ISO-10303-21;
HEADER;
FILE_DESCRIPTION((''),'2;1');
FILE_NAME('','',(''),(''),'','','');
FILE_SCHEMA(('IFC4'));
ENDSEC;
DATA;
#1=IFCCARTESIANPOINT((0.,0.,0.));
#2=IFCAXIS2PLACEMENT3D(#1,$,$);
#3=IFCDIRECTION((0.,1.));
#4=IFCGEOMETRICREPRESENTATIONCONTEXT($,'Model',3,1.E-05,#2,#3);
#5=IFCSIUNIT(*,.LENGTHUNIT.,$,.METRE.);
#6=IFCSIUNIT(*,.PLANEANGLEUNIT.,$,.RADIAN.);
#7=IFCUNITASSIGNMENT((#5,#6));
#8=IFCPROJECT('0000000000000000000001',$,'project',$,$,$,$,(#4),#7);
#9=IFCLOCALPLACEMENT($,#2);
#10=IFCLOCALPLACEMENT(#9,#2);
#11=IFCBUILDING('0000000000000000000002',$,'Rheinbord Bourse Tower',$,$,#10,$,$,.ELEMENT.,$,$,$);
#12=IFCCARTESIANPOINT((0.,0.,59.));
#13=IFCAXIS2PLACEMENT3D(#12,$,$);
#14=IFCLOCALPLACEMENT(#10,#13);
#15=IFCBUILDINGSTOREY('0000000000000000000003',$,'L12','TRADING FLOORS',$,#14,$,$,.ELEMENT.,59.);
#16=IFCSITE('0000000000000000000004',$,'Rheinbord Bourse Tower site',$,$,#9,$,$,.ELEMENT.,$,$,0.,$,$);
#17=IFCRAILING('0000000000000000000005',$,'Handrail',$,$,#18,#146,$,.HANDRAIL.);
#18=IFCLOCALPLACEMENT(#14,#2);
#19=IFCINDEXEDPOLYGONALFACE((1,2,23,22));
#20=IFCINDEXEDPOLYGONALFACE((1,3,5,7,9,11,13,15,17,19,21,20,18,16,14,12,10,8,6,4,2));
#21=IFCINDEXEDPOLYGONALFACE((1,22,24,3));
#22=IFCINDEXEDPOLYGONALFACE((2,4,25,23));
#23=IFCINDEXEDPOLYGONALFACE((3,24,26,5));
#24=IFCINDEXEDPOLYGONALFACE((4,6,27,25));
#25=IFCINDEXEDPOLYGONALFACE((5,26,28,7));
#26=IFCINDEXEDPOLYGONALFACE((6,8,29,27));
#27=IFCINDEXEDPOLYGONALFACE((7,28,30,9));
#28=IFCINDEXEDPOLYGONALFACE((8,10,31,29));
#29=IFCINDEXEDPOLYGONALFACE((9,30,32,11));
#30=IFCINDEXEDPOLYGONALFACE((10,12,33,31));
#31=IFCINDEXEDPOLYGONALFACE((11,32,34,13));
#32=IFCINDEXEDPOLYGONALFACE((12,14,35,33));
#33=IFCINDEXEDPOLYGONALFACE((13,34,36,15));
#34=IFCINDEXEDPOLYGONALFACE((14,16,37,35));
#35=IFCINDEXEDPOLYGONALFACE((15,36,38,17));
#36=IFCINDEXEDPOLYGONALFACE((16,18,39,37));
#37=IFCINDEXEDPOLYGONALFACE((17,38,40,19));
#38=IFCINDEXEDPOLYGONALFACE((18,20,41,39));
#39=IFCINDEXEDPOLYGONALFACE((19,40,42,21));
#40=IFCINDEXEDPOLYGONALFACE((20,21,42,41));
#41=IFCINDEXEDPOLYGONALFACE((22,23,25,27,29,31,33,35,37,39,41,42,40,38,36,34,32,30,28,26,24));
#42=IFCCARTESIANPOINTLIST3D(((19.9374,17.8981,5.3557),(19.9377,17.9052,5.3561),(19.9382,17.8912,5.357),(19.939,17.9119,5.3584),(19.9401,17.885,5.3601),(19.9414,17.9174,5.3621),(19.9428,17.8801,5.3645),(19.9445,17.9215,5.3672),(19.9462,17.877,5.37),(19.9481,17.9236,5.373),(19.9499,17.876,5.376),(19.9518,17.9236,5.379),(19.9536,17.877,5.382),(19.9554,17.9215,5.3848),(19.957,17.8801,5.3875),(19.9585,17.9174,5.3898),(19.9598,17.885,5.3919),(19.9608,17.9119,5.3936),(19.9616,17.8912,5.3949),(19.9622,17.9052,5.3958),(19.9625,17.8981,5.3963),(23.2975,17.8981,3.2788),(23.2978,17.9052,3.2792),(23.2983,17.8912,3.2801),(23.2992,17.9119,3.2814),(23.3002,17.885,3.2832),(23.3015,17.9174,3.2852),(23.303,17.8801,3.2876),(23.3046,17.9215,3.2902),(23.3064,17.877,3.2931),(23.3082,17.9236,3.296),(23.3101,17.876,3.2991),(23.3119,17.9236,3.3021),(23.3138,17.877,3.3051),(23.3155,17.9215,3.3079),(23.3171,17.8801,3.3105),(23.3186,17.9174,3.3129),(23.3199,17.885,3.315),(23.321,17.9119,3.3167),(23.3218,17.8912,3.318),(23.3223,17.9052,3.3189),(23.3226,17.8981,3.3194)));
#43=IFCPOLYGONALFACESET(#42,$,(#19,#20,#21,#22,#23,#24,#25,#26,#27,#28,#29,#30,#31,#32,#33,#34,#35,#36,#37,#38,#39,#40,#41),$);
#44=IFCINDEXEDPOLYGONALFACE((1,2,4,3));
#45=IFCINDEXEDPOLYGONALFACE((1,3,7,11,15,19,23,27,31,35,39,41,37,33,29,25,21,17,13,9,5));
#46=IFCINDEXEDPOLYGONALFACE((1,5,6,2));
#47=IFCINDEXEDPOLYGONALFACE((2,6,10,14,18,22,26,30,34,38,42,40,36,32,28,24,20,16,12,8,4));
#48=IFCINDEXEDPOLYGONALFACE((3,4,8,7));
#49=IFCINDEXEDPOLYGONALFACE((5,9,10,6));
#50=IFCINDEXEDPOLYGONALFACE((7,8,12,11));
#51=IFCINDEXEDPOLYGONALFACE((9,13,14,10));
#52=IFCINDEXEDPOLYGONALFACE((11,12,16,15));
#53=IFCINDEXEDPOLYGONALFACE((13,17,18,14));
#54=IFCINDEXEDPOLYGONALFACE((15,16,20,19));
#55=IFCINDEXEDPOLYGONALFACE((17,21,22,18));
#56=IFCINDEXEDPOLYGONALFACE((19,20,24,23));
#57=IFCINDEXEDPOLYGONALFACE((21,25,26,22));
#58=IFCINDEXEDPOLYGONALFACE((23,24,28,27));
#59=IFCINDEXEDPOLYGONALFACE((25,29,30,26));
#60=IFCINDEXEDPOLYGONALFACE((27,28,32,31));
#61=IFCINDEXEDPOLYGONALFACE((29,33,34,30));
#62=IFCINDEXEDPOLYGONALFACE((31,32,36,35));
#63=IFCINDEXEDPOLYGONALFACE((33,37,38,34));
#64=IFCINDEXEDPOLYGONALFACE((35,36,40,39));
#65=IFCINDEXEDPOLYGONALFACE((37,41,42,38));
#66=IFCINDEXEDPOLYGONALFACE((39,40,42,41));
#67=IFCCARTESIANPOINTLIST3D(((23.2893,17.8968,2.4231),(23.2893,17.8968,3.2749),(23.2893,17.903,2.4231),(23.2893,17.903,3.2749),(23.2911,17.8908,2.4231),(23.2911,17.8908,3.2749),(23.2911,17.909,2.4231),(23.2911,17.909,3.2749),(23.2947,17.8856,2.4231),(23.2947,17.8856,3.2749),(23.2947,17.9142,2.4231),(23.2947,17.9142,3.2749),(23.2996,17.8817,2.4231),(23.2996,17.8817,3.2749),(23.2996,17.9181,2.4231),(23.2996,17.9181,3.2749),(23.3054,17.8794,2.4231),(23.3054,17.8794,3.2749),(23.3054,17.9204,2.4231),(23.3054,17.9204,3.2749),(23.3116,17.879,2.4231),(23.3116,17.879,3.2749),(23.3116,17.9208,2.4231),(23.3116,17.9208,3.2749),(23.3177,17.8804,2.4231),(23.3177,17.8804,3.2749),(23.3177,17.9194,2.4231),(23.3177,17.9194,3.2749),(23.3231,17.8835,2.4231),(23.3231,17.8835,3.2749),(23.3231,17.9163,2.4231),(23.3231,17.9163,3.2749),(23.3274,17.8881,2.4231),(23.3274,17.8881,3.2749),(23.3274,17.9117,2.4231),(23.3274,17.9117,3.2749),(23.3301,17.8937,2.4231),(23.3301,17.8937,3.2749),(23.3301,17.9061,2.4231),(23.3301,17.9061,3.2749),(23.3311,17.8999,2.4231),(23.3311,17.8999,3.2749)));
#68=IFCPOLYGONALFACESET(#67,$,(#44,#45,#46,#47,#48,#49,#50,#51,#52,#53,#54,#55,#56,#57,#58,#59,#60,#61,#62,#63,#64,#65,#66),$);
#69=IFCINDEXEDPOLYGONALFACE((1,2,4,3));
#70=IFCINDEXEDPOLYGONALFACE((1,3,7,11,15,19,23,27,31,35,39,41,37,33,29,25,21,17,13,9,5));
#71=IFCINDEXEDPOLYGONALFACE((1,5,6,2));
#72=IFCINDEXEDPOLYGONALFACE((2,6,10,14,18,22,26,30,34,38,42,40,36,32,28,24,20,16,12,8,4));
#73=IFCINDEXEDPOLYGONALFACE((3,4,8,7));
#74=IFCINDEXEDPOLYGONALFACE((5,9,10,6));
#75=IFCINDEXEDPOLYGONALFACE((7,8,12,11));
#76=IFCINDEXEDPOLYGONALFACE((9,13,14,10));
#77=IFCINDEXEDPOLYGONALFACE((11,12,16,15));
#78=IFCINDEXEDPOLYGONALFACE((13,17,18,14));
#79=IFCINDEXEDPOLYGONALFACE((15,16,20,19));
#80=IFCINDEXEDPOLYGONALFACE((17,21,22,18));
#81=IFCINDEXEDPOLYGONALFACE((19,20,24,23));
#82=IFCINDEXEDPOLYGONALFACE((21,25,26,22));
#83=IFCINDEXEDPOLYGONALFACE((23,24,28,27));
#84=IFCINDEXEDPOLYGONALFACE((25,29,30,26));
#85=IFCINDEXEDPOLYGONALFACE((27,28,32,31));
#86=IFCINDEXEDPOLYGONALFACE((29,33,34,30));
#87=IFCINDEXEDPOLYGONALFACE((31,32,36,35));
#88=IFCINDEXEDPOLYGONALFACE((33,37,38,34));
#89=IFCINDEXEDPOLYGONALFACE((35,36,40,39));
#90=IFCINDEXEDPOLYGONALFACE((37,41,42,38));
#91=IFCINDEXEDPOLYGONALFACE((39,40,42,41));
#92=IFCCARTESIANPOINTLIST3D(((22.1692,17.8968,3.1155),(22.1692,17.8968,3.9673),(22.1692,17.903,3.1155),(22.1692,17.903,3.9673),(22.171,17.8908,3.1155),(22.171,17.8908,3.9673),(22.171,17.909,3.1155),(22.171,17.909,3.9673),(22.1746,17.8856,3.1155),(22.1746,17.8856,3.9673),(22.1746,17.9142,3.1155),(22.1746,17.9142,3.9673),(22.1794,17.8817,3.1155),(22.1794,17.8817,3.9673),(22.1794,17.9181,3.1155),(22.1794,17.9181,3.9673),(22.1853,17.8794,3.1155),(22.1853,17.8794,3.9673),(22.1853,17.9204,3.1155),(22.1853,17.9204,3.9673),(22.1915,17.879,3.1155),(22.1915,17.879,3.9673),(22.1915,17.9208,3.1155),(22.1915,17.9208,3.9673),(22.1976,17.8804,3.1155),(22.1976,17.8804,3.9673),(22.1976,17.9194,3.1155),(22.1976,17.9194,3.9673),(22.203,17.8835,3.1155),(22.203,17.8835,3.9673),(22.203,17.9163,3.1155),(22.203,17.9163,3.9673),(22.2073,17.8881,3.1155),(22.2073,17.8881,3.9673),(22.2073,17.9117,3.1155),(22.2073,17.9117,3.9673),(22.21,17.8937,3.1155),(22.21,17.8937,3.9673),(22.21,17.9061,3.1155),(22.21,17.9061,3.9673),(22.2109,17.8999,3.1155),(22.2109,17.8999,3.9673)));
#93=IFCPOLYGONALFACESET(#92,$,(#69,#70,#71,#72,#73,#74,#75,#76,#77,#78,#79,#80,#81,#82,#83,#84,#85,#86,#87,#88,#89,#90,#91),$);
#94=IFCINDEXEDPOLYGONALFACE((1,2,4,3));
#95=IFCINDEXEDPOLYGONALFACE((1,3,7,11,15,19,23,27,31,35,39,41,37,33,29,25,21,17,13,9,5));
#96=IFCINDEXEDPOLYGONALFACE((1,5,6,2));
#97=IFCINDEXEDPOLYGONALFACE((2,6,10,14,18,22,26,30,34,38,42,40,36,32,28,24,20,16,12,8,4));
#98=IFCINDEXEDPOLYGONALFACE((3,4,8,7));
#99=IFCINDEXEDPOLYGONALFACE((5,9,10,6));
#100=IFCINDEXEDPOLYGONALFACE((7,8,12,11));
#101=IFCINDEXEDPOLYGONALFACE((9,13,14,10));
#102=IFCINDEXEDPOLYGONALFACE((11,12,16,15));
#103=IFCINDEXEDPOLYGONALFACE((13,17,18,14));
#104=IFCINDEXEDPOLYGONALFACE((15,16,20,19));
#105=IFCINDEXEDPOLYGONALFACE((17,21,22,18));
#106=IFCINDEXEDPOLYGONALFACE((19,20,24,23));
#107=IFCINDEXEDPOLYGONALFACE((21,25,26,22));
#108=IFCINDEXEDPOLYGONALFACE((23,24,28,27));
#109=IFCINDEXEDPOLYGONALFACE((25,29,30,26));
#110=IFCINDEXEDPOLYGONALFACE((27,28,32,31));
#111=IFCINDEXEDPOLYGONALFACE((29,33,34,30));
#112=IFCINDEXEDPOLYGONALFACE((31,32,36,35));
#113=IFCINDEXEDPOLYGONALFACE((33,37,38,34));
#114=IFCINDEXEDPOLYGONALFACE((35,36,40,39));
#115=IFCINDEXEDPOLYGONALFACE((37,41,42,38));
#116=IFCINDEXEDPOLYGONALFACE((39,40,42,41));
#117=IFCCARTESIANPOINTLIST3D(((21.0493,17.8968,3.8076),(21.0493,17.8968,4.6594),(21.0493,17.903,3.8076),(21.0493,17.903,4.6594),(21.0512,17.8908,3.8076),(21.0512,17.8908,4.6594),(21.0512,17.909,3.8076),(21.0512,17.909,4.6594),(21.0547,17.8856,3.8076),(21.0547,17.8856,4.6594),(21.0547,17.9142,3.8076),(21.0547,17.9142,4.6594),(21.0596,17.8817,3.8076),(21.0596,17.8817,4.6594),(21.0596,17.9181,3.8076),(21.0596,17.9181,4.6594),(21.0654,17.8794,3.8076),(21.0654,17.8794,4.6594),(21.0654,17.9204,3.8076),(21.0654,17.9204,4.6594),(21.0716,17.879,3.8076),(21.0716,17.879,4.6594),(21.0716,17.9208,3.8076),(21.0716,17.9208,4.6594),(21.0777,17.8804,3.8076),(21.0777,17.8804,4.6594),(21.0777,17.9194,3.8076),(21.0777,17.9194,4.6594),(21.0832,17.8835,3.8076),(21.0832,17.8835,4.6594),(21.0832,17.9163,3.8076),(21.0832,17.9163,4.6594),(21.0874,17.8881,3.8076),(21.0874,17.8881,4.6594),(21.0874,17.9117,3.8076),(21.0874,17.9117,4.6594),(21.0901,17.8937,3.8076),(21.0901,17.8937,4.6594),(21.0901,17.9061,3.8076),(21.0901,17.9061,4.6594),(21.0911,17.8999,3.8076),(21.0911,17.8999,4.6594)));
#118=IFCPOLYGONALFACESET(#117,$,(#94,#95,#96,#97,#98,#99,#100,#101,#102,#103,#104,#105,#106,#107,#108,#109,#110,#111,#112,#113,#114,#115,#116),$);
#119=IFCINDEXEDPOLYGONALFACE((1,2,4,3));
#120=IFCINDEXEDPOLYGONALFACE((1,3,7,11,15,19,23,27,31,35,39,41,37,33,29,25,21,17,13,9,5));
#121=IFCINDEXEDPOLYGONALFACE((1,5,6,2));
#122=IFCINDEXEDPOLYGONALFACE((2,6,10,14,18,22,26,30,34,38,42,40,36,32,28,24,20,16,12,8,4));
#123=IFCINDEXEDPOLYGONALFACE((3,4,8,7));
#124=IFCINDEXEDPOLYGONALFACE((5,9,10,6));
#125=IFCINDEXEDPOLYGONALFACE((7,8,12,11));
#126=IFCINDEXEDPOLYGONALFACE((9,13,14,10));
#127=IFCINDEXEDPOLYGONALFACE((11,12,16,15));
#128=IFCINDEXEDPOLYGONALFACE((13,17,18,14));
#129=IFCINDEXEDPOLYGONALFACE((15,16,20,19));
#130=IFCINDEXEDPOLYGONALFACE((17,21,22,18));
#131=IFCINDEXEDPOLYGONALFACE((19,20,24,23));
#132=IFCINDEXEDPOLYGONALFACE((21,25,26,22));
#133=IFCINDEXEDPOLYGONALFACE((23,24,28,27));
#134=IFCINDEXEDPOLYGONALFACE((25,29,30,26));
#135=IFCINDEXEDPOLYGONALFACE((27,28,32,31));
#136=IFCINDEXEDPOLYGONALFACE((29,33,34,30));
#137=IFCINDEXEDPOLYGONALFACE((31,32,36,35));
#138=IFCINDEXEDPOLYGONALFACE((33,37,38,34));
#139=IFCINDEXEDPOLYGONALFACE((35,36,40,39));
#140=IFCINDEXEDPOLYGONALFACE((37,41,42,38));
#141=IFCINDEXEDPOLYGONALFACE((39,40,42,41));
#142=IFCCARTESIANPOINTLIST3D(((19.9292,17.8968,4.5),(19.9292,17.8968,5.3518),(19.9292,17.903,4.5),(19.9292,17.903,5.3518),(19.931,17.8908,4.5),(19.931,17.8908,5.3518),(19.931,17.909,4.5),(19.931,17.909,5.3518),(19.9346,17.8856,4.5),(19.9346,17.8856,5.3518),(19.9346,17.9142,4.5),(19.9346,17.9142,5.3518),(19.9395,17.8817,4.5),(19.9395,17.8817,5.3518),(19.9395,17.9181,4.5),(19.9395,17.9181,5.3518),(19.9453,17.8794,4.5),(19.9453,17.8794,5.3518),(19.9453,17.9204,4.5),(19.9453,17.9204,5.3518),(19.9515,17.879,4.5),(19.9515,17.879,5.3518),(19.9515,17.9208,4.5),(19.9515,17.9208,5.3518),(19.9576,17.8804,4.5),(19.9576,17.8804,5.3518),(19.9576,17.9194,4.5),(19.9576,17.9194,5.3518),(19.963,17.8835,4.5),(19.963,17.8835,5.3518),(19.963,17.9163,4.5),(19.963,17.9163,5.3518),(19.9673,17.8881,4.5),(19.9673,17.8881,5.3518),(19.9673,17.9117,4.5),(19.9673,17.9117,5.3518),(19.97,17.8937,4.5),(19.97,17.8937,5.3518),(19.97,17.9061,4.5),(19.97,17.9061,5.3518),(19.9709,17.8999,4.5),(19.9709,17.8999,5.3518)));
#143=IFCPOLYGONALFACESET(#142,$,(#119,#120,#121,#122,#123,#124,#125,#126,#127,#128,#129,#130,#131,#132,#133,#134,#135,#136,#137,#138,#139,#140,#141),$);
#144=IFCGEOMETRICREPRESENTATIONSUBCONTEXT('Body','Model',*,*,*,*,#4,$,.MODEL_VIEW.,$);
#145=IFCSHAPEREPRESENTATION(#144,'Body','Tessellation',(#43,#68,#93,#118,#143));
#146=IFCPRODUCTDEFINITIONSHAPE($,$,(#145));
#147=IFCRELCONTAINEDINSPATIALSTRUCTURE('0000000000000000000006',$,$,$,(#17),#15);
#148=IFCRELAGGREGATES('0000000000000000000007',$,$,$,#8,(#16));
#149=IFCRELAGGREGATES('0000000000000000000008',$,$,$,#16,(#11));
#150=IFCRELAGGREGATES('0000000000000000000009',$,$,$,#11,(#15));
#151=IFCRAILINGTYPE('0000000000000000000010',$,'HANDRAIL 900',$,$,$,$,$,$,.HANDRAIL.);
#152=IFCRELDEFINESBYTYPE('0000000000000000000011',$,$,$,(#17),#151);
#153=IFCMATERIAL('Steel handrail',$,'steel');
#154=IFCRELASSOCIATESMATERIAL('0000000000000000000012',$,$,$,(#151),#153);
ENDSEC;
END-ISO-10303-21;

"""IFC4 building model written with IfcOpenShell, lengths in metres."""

from ifc_helpers import new_model, si_unit, direction, frame, origin, origin_2d, place, context, subcontext, project, spatial, circle, extrude, material, type_object, element, save


model = new_model("IFC4")

# Units and contexts
model_context = context("Model", 3, precision=1e-05, world=origin(), true_north=direction((0.0, 1.0)))
body_context = subcontext(model_context, "Body", "Model", "MODEL_VIEW")
ifc_project = project(units=[si_unit("LENGTHUNIT", "METRE"), si_unit("PLANEANGLEUNIT", "RADIAN")], contexts=[model_context])

# Site, building, storey
site_placement = place(None, origin())
site = spatial("IfcSite", under=ifc_project, at=site_placement, Name="Rheinbord Bourse Tower site", CompositionType="ELEMENT", RefElevation=0.0)
building_placement = place(site_placement, origin())
building = spatial("IfcBuilding", under=site, at=building_placement, Name="Rheinbord Bourse Tower", CompositionType="ELEMENT")
storey_placement = place(building_placement, frame((0.0, 0.0, 59.0)))
storey = spatial("IfcBuildingStorey", under=building, at=storey_placement, Name="L12", Description="TRADING FLOORS", CompositionType="ELEMENT", Elevation=59.0)

# Railing
ifc_material_1 = material(Name="Steel handrail", Category="steel")
railing_type = type_object("IfcRailingType", Name="HANDRAIL 900", PredefinedType="HANDRAIL", material=ifc_material_1)
railing_1_placement = place(storey_placement, frame((23.3101, 17.8999, 2.4231)))
element("IfcRailing", 1, at=railing_1_placement, inside=storey, type_object=railing_type, Name="Handrail", PredefinedType="HANDRAIL", context=body_context, shape_type="SweptSolid", body=[
    extrude(circle(Radius=0.0239, at=origin_2d()), frame((0.0, 0.0, 0.876), z_axis=(-0.850623, 0.0, 0.525776), x_axis=(0.0, -1.0, 0.0)), (0.0, 0.0, 1.0), 3.9502),
    extrude(circle(Radius=0.021, at=origin_2d()), origin(), (0.0, 0.0, 1.0), 0.8518),
    extrude(circle(Radius=0.021, at=origin_2d()), frame((-1.1201, 0.0, 0.6924)), (0.0, 0.0, 1.0), 0.8518),
    extrude(circle(Radius=0.021, at=origin_2d()), frame((-2.24, 0.0, 1.3845)), (0.0, 0.0, 1.0), 0.8518),
    extrude(circle(Radius=0.021, at=origin_2d()), frame((-3.3601, 0.0, 2.0769)), (0.0, 0.0, 1.0), 0.8518),
])

save(model, "model.ifc")
